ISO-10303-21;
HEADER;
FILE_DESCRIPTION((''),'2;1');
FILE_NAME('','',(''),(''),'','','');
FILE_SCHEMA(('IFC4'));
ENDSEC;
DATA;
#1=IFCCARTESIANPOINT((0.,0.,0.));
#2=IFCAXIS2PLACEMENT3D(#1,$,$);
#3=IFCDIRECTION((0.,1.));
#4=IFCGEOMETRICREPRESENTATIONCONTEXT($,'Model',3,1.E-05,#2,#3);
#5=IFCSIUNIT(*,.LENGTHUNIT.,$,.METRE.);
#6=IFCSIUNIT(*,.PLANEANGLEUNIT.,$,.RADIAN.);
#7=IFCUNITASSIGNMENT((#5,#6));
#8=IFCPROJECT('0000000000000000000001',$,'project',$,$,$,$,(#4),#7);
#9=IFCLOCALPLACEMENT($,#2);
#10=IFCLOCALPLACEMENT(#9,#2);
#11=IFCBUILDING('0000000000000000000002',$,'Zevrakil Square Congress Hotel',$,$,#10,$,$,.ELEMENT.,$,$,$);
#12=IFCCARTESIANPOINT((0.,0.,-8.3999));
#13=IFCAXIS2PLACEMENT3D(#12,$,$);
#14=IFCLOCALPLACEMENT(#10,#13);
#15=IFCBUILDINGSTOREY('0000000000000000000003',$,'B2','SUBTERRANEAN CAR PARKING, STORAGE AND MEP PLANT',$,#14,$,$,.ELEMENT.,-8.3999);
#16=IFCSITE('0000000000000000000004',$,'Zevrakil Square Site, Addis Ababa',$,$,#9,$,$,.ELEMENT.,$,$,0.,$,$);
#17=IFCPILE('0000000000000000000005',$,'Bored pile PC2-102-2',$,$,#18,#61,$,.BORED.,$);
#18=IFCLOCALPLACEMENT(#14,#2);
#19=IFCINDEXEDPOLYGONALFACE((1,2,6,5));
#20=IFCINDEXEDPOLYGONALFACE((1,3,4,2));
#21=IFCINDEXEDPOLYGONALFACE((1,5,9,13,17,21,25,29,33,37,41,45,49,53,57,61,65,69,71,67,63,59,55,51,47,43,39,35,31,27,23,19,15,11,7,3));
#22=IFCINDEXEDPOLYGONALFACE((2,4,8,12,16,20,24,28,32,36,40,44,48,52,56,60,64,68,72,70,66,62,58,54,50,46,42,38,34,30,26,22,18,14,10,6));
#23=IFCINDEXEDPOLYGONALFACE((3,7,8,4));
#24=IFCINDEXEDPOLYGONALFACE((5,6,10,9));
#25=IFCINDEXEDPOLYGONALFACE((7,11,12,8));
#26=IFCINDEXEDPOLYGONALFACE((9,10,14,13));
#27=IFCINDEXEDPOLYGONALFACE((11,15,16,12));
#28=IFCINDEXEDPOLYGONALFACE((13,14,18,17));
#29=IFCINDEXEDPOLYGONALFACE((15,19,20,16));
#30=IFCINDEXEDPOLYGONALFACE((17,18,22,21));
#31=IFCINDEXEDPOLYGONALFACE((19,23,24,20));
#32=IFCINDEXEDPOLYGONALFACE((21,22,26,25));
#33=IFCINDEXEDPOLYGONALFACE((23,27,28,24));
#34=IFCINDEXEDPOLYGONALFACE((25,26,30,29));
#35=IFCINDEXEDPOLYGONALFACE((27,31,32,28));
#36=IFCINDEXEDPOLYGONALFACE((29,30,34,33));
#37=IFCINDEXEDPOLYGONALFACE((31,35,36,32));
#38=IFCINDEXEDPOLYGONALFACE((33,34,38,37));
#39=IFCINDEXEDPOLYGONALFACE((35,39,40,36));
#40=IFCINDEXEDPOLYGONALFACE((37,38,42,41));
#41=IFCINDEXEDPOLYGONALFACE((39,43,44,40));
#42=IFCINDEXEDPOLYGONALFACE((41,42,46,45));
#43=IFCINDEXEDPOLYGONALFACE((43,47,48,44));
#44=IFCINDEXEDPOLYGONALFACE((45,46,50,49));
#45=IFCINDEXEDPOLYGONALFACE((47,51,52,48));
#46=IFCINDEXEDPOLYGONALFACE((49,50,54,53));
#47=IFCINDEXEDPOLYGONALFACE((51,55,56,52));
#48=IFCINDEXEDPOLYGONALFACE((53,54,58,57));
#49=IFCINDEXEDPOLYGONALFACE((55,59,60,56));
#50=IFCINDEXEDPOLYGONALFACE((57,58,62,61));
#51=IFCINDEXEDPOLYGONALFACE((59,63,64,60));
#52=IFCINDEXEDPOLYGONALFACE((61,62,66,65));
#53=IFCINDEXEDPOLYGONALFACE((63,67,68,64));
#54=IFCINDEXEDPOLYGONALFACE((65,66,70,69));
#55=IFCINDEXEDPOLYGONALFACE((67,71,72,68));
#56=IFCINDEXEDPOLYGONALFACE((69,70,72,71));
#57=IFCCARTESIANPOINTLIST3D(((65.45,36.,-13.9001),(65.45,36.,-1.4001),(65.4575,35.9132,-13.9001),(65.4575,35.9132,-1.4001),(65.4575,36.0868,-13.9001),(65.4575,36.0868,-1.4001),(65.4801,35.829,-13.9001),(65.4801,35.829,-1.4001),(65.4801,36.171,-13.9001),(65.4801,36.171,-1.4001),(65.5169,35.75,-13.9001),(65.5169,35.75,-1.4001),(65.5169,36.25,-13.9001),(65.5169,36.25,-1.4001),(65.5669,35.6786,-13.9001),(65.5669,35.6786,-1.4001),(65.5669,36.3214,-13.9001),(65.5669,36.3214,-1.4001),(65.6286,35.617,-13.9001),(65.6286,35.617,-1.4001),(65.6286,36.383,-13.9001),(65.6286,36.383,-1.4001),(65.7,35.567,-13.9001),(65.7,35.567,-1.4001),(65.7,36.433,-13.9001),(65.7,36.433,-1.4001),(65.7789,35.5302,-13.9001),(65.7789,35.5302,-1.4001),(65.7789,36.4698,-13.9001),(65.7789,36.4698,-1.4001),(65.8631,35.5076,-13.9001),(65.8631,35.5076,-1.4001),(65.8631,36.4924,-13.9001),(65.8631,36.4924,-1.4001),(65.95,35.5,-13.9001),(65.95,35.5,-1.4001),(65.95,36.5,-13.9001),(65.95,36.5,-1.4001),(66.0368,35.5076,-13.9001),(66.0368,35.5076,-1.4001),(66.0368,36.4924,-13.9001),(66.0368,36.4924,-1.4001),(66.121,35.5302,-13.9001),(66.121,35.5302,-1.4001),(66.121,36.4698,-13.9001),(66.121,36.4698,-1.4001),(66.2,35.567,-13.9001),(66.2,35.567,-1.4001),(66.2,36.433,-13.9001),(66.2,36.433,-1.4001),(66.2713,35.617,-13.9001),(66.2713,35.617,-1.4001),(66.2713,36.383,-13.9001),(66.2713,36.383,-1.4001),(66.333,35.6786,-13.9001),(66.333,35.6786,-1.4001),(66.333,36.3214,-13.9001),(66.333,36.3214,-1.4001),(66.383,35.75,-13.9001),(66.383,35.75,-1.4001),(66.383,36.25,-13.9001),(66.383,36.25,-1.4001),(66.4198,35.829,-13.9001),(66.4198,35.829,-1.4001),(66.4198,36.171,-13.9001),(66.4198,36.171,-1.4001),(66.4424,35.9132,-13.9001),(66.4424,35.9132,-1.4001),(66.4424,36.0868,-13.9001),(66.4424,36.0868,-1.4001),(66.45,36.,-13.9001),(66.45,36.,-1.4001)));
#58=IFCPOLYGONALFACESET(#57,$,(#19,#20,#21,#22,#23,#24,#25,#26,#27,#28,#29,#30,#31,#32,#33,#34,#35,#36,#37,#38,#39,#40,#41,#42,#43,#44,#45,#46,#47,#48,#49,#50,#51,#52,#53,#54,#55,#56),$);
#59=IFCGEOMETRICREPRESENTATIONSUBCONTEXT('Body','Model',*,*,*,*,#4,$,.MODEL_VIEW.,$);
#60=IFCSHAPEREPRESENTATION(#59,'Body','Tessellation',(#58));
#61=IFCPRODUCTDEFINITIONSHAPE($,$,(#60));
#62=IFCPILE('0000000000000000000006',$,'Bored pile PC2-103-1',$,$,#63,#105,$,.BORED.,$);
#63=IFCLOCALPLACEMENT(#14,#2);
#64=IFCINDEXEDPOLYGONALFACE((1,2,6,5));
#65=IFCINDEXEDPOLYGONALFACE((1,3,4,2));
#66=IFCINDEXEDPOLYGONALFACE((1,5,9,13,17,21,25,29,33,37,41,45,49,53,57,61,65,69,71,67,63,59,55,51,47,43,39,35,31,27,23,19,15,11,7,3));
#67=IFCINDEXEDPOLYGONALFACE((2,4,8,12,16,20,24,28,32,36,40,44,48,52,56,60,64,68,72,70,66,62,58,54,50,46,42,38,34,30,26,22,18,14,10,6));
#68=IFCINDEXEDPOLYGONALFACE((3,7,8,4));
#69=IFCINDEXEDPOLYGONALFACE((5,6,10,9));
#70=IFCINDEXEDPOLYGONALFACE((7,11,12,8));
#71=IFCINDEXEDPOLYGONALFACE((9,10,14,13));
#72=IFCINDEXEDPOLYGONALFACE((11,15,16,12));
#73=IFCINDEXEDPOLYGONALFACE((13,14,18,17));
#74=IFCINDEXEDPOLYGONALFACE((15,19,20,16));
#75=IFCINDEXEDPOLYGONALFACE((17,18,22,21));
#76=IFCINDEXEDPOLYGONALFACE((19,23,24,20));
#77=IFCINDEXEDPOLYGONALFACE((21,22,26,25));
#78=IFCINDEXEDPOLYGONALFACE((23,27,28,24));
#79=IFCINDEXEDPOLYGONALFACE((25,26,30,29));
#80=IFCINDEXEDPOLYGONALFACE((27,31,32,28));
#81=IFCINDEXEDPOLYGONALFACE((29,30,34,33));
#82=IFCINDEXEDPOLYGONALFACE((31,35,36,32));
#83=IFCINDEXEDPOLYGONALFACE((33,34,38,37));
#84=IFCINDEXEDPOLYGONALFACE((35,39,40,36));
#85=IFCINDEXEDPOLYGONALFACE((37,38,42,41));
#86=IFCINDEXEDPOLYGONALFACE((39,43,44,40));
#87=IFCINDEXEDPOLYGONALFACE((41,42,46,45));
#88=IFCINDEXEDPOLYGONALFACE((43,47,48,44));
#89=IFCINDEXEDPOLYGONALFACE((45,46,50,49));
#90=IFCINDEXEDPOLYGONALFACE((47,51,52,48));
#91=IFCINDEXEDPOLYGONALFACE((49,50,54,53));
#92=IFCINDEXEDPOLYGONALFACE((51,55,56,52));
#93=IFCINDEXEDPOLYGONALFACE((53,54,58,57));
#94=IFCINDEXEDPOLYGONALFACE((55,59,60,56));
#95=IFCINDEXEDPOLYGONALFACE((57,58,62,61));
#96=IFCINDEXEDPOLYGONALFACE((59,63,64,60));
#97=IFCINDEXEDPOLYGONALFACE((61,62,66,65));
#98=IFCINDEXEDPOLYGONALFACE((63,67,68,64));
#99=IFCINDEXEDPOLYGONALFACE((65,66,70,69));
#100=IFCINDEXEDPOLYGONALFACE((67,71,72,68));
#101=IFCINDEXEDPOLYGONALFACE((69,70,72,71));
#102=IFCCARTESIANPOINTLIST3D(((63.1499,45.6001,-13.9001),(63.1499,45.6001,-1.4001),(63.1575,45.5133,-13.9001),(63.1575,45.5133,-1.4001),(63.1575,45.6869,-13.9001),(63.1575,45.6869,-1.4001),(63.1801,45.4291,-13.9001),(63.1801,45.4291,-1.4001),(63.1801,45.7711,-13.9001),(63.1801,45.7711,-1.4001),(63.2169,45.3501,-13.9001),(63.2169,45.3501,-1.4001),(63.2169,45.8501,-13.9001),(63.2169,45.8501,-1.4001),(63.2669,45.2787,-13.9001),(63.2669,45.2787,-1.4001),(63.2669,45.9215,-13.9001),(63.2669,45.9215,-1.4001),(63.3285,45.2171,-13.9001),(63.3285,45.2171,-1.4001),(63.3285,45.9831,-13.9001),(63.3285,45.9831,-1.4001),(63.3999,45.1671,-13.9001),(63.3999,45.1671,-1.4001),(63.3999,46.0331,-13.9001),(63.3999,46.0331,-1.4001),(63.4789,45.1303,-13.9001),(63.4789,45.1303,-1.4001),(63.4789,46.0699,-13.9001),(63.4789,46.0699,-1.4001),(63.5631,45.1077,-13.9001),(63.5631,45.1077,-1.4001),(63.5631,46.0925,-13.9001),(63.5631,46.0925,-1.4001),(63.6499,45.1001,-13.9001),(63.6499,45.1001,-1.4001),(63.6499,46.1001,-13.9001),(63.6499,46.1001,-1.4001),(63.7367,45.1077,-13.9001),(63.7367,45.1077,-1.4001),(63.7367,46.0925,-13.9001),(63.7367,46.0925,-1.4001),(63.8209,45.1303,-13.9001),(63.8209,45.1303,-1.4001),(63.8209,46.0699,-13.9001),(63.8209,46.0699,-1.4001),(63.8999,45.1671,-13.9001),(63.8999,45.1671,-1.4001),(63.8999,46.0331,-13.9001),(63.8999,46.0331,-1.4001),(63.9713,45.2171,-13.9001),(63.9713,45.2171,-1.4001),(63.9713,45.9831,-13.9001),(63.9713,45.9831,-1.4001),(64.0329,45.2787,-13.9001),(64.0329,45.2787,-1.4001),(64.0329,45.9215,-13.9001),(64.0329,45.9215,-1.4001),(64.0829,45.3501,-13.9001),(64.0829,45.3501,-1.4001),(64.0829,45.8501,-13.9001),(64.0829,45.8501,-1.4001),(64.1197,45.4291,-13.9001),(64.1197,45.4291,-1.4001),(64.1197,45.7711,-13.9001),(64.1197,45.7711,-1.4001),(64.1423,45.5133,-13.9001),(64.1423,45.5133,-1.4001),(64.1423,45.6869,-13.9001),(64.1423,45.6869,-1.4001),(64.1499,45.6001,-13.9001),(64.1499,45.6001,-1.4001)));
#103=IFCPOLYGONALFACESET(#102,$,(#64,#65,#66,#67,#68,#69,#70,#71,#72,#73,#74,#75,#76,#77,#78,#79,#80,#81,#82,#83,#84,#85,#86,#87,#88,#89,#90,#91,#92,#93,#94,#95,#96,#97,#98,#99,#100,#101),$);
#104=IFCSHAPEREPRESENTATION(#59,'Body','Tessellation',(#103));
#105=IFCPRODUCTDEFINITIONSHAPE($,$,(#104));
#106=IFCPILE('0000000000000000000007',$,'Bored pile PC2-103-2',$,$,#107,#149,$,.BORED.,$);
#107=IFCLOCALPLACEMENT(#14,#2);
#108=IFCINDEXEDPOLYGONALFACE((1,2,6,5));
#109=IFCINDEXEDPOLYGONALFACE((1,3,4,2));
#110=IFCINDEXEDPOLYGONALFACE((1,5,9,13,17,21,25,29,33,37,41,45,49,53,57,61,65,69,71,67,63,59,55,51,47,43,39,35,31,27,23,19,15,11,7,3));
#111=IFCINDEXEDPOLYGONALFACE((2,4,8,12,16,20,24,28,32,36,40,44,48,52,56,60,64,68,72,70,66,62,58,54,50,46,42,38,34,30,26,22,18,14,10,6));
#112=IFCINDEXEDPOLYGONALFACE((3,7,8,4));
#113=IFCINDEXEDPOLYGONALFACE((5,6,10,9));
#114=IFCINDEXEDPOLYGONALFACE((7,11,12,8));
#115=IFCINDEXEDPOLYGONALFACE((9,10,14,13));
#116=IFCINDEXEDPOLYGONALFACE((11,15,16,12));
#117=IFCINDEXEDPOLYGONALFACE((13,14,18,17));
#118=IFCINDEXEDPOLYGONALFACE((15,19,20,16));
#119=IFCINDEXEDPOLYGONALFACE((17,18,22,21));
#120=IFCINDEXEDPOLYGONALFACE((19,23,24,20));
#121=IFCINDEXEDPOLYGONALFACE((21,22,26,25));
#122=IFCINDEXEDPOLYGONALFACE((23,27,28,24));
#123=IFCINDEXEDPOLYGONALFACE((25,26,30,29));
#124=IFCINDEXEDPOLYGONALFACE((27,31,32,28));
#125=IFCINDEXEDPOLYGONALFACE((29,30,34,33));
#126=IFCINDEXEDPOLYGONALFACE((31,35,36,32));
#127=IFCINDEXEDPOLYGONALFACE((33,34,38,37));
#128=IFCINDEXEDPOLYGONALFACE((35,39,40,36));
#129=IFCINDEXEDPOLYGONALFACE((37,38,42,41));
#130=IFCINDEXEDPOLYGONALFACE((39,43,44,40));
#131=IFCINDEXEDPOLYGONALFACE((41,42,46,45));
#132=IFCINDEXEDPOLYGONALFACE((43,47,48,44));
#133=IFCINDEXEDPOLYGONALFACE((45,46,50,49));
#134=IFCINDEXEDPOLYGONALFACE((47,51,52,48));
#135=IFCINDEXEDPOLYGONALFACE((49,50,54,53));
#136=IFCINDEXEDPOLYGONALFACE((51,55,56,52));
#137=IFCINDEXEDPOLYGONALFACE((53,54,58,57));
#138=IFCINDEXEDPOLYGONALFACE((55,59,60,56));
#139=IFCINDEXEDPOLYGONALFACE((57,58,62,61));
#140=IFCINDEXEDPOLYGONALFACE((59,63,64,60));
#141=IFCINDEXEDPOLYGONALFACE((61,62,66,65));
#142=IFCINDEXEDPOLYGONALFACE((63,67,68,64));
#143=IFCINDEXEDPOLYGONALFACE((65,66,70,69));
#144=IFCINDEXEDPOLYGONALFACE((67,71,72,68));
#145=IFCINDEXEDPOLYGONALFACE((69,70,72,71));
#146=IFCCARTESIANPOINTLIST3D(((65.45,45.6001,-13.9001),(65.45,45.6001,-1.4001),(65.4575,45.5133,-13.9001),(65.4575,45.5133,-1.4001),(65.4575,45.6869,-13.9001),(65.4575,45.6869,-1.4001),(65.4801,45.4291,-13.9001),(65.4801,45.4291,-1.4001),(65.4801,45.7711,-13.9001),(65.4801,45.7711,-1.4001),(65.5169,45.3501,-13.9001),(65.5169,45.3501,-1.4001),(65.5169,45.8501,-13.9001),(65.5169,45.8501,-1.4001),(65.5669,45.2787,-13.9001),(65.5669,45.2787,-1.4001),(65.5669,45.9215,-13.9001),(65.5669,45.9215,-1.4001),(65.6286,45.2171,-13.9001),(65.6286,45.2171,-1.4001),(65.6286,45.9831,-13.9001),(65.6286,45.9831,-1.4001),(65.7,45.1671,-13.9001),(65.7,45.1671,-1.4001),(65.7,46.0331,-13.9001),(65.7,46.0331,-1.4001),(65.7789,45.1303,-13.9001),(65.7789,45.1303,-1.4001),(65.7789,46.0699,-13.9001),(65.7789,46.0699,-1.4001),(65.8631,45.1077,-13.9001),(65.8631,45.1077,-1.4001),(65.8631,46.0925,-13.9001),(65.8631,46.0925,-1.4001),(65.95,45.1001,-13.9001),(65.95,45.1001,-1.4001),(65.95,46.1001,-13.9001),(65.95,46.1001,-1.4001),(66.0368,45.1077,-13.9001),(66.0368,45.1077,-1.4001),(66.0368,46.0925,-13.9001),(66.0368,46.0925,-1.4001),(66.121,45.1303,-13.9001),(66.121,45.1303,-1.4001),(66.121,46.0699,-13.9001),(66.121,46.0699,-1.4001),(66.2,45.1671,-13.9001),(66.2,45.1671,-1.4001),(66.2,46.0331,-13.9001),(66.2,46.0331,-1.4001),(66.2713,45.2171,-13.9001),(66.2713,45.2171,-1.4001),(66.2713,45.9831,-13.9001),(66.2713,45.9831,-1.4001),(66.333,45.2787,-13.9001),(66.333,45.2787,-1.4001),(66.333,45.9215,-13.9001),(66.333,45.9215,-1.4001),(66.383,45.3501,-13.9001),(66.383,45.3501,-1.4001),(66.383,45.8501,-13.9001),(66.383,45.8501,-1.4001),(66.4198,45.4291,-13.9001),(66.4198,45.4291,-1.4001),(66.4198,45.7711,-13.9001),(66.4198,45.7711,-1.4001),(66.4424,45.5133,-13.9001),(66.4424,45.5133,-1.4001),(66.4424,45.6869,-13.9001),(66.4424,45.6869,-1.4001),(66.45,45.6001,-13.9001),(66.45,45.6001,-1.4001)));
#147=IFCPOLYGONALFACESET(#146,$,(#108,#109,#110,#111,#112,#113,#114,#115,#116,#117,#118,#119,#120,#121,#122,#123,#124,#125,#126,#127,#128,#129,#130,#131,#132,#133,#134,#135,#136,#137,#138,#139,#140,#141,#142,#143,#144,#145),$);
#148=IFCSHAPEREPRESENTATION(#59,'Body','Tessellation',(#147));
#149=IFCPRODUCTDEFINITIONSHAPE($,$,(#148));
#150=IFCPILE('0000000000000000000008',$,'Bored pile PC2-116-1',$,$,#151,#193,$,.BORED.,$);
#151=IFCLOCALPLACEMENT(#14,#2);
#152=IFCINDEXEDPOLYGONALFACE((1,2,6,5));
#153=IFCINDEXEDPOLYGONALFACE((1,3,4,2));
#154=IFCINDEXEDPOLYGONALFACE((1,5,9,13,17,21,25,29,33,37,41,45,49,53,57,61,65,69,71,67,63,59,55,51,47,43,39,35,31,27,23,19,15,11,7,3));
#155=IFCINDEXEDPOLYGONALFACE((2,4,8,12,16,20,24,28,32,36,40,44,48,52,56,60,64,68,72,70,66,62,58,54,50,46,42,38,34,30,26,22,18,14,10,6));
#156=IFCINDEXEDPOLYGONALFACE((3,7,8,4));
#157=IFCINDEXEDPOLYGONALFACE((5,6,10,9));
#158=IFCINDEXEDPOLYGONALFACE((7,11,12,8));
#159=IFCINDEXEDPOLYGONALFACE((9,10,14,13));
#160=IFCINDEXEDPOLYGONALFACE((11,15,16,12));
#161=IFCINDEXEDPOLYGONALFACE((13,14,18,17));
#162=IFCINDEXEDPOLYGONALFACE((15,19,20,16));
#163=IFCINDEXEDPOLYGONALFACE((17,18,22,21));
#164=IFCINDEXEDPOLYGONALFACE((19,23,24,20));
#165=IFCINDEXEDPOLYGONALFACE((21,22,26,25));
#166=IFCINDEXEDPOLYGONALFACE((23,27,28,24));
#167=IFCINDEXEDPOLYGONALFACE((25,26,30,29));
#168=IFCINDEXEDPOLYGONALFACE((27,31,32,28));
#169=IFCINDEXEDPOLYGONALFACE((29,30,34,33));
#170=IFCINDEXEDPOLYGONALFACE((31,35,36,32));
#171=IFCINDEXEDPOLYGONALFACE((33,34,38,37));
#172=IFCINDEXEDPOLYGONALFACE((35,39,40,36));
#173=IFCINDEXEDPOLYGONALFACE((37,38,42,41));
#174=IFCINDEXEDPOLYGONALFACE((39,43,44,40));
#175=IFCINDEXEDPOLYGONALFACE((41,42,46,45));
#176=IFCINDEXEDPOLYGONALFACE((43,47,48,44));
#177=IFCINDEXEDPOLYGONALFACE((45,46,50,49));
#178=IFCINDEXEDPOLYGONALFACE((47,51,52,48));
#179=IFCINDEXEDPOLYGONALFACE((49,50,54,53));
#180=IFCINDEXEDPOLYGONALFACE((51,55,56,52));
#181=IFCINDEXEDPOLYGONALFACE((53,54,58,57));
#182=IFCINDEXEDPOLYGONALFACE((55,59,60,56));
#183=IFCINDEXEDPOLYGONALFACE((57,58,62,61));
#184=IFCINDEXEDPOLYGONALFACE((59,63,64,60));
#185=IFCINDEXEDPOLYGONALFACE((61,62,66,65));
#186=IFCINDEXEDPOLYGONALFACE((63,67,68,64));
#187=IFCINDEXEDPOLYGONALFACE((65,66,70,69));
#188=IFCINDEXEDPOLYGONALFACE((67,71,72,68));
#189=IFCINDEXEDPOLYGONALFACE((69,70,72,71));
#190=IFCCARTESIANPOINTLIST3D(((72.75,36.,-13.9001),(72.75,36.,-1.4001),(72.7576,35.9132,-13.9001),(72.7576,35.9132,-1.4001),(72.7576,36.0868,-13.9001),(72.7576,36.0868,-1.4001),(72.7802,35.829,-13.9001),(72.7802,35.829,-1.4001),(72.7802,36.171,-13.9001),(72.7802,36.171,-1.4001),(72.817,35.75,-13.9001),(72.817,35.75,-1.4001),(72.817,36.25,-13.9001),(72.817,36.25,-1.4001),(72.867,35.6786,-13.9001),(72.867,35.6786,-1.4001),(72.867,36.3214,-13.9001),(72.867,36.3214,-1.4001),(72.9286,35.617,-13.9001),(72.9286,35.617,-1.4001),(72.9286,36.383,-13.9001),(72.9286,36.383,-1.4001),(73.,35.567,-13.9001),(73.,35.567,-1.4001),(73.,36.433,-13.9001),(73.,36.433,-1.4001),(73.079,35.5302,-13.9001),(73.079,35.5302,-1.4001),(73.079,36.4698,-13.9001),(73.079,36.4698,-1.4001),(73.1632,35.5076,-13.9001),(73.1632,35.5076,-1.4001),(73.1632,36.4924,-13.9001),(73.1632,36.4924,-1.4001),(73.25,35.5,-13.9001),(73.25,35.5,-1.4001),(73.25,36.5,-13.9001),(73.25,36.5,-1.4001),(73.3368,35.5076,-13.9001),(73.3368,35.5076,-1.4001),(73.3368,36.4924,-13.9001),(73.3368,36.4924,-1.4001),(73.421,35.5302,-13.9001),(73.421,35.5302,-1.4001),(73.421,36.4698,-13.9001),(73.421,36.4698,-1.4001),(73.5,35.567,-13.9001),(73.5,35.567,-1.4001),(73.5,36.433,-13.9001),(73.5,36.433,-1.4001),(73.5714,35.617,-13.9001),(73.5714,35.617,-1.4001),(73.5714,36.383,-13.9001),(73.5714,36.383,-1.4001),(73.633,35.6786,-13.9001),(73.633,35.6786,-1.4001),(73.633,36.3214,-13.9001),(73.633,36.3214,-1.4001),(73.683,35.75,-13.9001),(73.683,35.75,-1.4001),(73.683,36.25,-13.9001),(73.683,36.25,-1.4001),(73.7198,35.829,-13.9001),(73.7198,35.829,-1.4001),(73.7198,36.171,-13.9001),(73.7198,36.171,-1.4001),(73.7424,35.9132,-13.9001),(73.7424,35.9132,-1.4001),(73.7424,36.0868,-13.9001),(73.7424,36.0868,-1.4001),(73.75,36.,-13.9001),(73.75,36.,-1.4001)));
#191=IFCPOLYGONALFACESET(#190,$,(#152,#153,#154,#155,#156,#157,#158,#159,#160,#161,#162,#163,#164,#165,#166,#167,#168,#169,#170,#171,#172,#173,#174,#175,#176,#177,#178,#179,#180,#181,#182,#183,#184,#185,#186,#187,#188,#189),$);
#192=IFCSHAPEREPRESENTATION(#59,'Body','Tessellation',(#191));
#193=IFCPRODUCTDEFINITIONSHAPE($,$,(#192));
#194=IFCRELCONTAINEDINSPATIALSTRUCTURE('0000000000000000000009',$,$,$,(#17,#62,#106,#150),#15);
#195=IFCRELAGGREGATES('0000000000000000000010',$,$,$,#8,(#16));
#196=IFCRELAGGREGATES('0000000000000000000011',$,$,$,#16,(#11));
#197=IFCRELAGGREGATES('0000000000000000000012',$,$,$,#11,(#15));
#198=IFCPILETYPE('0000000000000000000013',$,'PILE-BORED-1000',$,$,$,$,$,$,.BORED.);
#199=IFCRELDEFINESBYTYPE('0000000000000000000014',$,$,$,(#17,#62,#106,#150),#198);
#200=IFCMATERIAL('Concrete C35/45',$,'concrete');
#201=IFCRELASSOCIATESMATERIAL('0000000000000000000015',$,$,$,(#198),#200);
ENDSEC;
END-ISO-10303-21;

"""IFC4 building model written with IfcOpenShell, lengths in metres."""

from ifc_helpers import new_model, si_unit, direction, frame, origin, origin_2d, place, context, subcontext, project, spatial, circle, extrude, material, material_profile, profile_set, type_object, element, save


model = new_model("IFC4")

# Units and contexts
model_context = context("Model", 3, precision=1e-05, world=origin(), true_north=direction((0.0, 1.0)))
body_context = subcontext(model_context, "Body", "Model", "MODEL_VIEW")
ifc_project = project(units=[si_unit("LENGTHUNIT", "METRE"), si_unit("PLANEANGLEUNIT", "RADIAN")], contexts=[model_context])

# Site, building, storey
site_placement = place(None, origin())
site = spatial("IfcSite", under=ifc_project, at=site_placement, Name="Zevrakil Square Site, Addis Ababa", CompositionType="ELEMENT", RefElevation=0.0)
building_placement = place(site_placement, origin())
building = spatial("IfcBuilding", under=site, at=building_placement, Name="Zevrakil Square Congress Hotel", CompositionType="ELEMENT")
storey_placement = place(building_placement, frame((0.0, 0.0, -8.3999)))
storey = spatial("IfcBuildingStorey", under=building, at=storey_placement, Name="B2", Description="SUBTERRANEAN CAR PARKING, STORAGE AND MEP PLANT", CompositionType="ELEMENT", Elevation=-8.3999)

# Piles
ifc_material_1 = material(Name="Concrete C35/45", Category="concrete")
ifc_material_profile_1 = material_profile(ifc_material_1, circle(Radius=0.5, at=origin_2d()), Name="PILE D1000")
ifc_profile_set_1 = profile_set([ifc_material_profile_1], Name="Concrete C35/45")
pile_type = type_object("IfcPileType", Name="PILE-BORED-1000", PredefinedType="BORED", material=ifc_profile_set_1)
for number, where, z_axis, x_axis, name in (
    (1, (65.95, 36.0, -1.4001), (0.0, 0.0, -1.0), (1.0, 0.0, 0.0), "Bored pile PC2-102-2"),
    (2, (63.6499, 45.6001, -1.4001), (0.0, 0.0, -1.0), (1.0, 0.0, 0.0), "Bored pile PC2-103-1"),
    (3, (65.95, 45.6001, -1.4001), (0.0, 0.0, -1.0), (1.0, 0.0, 0.0), "Bored pile PC2-103-2"),
    (4, (73.25, 36.0, -1.4001), (0.0, 0.0, -1.0), (1.0, 0.0, 0.0), "Bored pile PC2-116-1"),
):
    element("IfcPile", number, at=place(storey_placement, frame(where, z_axis=z_axis, x_axis=x_axis)), inside=storey, type_object=pile_type, Name=name, PredefinedType="BORED", context=body_context, shape_type="SweptSolid", body=[
        extrude(circle(Radius=0.5, at=origin_2d()), origin(), (0.0, 0.0, 1.0), 12.5),
    ])

save(model, "model.ifc")
